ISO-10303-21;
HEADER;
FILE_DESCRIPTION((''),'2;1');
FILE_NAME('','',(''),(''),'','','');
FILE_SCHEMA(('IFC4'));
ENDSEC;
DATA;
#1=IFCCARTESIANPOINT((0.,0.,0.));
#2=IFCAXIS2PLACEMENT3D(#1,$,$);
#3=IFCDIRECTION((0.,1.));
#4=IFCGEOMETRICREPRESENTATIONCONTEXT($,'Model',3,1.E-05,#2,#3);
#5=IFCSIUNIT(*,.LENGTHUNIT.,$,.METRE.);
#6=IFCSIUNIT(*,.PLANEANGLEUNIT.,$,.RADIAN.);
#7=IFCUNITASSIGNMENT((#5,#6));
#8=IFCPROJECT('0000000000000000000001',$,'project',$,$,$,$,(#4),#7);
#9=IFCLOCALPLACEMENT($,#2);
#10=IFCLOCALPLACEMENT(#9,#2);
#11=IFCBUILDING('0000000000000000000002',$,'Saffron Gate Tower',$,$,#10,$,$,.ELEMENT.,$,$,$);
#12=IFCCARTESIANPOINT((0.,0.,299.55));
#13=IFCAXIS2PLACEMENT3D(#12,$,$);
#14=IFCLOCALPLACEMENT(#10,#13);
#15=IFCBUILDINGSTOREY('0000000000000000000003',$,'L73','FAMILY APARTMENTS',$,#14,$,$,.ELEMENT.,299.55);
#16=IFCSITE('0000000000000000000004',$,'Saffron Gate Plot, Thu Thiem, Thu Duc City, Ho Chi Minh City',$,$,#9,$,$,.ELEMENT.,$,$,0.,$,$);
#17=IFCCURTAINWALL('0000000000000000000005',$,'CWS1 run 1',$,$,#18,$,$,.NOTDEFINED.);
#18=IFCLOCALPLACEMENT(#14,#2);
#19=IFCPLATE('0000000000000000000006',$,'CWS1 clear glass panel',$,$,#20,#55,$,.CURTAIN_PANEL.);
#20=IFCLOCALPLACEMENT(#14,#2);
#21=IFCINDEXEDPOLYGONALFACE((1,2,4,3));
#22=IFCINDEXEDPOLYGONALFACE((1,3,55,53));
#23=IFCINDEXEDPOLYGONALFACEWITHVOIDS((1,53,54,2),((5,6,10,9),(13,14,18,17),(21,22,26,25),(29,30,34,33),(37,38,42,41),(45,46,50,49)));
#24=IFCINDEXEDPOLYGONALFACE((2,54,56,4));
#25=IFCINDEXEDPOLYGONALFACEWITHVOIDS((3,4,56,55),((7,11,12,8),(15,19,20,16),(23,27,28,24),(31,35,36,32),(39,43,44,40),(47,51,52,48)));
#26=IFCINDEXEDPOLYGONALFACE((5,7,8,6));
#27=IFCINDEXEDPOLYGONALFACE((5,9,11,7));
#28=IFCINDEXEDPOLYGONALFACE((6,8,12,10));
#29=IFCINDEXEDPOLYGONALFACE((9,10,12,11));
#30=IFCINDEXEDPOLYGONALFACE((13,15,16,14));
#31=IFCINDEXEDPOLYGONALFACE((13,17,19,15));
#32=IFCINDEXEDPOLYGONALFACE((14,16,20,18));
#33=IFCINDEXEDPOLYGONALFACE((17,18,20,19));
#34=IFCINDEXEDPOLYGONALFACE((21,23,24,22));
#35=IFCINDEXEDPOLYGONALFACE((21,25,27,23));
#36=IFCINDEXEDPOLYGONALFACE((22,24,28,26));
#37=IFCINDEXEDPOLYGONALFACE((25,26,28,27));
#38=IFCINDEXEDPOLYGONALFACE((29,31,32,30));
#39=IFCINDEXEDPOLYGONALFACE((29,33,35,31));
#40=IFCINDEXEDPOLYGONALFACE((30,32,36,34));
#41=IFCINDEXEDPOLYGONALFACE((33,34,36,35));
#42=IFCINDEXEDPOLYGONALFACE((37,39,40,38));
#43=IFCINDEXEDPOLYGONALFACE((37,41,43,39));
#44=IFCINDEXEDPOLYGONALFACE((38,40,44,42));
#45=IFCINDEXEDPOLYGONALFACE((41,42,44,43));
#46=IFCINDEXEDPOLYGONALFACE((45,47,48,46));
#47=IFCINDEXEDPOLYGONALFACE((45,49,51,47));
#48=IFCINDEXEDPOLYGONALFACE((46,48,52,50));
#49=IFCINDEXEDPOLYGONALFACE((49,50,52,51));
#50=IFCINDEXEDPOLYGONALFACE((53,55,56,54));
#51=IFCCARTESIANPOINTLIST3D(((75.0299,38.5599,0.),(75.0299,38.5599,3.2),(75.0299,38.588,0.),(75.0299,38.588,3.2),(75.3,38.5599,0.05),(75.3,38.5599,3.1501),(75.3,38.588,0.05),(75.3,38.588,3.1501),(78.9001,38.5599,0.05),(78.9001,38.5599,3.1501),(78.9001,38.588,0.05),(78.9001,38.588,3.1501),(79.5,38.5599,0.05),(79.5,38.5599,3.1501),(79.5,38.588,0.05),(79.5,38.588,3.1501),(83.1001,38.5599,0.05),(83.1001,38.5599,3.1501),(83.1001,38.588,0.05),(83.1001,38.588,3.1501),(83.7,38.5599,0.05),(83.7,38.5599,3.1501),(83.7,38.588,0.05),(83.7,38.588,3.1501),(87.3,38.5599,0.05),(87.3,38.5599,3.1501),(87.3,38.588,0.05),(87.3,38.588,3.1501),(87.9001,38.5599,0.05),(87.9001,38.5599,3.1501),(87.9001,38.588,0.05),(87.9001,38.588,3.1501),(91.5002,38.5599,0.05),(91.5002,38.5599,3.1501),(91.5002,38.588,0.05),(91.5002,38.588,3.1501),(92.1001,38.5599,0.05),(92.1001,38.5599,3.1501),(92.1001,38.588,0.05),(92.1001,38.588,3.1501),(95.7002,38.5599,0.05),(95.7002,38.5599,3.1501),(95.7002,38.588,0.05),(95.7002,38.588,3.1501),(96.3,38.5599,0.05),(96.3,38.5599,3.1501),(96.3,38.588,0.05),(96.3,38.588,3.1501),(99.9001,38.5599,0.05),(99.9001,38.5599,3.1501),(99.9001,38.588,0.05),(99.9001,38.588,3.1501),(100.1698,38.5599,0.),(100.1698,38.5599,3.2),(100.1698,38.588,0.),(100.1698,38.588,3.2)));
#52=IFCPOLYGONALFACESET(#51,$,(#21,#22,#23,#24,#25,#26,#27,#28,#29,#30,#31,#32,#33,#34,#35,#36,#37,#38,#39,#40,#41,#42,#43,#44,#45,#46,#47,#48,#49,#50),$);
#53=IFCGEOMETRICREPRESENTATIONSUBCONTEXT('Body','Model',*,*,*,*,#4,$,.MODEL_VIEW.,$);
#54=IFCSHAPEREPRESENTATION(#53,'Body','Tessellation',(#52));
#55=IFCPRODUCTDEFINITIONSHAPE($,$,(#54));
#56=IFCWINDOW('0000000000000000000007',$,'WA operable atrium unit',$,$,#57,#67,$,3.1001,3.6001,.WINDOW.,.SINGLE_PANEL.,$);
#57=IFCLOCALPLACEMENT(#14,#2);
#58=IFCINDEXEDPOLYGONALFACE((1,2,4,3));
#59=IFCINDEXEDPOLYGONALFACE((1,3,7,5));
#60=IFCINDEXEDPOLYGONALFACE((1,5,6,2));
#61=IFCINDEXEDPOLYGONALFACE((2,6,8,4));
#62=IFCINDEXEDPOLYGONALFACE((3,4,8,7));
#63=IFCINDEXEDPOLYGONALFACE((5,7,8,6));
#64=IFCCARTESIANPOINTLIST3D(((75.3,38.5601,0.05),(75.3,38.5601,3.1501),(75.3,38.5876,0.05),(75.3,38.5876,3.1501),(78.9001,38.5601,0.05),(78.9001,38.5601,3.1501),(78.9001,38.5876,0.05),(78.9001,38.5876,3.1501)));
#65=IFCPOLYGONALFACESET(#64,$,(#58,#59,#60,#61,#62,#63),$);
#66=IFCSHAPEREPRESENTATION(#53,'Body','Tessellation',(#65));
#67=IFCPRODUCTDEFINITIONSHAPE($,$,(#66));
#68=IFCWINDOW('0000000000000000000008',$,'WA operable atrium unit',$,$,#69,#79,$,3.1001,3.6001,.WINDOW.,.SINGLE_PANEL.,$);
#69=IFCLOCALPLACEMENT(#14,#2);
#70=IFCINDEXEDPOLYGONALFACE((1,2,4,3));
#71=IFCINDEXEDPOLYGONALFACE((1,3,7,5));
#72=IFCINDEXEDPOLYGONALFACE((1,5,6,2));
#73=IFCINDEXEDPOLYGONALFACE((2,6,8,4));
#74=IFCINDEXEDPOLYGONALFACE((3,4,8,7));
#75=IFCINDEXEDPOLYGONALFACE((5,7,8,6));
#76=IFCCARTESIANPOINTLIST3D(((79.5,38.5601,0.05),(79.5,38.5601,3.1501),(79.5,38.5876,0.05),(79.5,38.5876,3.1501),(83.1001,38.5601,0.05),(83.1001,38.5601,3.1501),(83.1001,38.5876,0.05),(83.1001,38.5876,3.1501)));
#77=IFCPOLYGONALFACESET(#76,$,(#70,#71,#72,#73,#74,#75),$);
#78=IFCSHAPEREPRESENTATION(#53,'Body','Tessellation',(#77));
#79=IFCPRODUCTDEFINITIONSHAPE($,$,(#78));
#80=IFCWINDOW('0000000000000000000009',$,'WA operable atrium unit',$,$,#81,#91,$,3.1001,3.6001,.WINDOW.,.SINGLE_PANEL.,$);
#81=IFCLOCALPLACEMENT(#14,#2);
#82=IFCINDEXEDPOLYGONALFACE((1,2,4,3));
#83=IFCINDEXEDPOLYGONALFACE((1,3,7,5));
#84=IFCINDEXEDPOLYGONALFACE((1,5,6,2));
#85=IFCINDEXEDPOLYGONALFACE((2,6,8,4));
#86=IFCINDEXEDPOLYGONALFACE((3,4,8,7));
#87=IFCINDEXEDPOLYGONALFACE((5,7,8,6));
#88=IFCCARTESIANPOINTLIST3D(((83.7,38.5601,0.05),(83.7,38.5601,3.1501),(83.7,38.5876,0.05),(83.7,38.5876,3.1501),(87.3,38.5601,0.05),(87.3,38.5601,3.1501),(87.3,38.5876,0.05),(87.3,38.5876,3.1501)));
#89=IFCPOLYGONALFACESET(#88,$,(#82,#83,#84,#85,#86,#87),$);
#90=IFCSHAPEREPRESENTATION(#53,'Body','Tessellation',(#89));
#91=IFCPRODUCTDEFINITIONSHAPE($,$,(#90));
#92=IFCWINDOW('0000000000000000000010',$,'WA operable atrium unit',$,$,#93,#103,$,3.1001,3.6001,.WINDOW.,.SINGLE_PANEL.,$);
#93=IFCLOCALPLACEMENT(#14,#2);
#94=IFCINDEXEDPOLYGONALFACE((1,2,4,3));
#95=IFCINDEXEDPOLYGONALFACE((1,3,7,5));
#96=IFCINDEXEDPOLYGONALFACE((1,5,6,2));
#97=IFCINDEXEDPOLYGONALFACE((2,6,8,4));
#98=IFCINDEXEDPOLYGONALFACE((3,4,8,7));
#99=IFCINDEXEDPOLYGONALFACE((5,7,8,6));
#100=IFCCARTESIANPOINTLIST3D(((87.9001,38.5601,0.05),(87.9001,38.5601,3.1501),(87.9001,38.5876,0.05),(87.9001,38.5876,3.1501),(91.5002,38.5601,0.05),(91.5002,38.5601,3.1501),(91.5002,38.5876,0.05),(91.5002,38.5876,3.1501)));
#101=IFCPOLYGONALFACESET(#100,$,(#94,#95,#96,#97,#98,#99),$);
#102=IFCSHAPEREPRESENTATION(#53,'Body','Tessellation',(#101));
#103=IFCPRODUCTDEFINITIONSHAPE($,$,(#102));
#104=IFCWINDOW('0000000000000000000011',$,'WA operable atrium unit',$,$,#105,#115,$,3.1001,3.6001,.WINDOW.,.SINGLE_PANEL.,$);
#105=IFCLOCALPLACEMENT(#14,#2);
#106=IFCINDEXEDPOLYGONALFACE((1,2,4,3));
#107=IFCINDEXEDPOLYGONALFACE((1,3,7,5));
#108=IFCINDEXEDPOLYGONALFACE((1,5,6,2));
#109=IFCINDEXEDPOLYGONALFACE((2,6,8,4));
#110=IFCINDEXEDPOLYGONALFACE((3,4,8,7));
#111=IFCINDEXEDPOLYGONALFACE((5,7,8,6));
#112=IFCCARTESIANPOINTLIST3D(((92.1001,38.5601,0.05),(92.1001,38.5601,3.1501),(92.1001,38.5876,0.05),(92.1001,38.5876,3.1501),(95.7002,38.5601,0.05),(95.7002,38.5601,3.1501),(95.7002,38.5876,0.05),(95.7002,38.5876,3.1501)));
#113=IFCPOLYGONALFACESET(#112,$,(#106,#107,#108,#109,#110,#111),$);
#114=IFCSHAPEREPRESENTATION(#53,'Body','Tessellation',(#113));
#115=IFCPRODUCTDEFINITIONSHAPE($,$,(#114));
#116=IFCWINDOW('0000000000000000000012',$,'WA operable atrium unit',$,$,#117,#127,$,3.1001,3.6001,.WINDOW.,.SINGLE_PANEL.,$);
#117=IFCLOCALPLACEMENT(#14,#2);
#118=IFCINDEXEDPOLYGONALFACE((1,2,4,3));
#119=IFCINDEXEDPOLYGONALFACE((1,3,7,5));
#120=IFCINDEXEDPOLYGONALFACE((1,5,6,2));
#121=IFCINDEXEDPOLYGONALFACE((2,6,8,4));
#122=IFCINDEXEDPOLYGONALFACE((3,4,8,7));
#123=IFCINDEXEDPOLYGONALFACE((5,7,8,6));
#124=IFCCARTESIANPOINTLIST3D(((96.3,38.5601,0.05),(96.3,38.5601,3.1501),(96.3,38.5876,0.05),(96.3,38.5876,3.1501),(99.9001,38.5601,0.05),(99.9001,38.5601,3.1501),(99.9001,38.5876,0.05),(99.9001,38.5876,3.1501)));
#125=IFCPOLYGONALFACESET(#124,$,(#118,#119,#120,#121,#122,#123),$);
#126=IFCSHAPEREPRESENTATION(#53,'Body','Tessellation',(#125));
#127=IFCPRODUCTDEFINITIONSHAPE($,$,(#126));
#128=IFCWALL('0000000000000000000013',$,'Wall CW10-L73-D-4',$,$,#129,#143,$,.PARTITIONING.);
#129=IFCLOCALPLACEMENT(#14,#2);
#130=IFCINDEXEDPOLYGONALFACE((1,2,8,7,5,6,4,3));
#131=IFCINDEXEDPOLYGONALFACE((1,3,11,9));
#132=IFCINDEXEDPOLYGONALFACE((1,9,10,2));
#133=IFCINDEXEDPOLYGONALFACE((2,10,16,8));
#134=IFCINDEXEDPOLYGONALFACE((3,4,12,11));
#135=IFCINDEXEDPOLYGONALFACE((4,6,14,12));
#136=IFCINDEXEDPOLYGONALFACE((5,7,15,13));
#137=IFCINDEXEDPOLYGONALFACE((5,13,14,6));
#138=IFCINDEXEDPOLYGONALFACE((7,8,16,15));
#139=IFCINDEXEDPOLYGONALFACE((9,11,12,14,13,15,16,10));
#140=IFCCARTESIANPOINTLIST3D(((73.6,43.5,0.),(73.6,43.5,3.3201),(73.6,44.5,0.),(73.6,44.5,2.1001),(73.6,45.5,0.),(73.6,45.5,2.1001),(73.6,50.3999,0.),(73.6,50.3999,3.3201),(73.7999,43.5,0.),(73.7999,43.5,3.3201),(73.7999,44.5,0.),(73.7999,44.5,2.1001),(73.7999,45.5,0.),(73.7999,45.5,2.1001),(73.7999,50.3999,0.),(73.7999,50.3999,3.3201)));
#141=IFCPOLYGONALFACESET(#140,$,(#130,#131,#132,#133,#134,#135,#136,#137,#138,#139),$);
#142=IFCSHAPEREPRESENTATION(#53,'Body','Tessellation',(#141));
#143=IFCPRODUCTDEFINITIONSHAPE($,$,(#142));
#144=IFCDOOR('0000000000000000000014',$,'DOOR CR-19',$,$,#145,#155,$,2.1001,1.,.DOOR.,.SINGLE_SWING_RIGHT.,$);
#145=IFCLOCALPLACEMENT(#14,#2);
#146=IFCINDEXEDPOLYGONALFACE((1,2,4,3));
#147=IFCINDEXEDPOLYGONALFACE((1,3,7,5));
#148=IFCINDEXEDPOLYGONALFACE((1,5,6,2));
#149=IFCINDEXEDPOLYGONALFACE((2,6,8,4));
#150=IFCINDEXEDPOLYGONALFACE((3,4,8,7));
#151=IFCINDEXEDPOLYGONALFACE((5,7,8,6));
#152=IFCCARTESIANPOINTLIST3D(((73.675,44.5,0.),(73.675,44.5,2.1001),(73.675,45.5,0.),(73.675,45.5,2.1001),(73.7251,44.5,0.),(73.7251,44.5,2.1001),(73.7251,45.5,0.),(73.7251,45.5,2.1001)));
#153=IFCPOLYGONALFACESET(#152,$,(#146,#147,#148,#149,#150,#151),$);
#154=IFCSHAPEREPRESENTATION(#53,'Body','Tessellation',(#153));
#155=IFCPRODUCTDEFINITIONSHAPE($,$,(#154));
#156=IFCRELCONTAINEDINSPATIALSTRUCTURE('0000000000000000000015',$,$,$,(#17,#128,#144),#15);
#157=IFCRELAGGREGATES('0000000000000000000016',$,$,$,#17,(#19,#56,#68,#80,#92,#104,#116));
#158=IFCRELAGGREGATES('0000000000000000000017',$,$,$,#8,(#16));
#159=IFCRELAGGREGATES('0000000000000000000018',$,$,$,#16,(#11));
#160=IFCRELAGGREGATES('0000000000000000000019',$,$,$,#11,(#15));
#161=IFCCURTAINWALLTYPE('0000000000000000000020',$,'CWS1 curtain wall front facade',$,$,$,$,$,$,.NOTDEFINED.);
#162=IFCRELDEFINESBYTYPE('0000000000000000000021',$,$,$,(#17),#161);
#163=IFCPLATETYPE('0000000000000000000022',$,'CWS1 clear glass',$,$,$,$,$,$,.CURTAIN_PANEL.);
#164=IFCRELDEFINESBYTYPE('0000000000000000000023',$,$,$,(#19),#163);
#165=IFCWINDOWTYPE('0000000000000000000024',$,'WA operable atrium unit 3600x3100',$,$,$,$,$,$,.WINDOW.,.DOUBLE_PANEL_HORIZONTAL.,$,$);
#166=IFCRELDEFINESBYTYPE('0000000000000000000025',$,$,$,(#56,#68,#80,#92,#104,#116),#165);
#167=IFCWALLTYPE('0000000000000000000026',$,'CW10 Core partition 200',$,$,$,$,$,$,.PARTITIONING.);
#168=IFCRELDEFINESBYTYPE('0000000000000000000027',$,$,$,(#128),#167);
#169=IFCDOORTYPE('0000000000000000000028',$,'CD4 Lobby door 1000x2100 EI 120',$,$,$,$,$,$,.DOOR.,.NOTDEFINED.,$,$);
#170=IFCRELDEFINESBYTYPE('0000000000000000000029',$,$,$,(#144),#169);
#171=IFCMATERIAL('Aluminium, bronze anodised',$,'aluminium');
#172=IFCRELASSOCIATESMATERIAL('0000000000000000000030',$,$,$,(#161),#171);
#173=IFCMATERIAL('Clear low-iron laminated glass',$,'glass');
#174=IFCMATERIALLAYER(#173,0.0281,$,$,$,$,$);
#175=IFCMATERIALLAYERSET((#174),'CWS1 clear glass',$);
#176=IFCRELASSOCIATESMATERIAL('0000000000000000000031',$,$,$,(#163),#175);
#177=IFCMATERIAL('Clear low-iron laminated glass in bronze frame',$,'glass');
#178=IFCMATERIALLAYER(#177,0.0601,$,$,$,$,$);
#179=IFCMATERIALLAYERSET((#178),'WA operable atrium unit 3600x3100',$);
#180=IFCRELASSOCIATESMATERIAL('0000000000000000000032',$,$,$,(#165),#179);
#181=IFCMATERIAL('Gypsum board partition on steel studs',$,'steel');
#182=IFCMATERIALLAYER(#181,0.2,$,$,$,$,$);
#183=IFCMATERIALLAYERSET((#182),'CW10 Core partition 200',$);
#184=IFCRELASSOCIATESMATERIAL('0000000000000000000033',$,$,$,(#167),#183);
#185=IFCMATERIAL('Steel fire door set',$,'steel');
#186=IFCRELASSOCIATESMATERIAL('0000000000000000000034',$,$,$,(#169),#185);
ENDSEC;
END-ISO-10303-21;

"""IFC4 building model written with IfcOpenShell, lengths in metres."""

from ifc_helpers import new_model, si_unit, direction, frame, frame_2d, origin, place, context, subcontext, project, spatial, rectangle, extrude, material, layer, layer_set, type_object, element, fill, aggregate, save


model = new_model("IFC4")

# Units and contexts
model_context = context("Model", 3, precision=1e-05, world=origin(), true_north=direction((0.0, 1.0)))
body_context = subcontext(model_context, "Body", "Model", "MODEL_VIEW")
ifc_project = project(units=[si_unit("LENGTHUNIT", "METRE"), si_unit("PLANEANGLEUNIT", "RADIAN")], contexts=[model_context])

# Site, building, storey
site_placement = place(None, origin())
site = spatial("IfcSite", under=ifc_project, at=site_placement, Name="Saffron Gate Plot, Thu Thiem, Thu Duc City, Ho Chi Minh City", CompositionType="ELEMENT", RefElevation=0.0)
building_placement = place(site_placement, origin())
building = spatial("IfcBuilding", under=site, at=building_placement, Name="Saffron Gate Tower", CompositionType="ELEMENT")
storey_placement = place(building_placement, frame((0.0, 0.0, 299.55)))
storey = spatial("IfcBuildingStorey", under=building, at=storey_placement, Name="L73", Description="FAMILY APARTMENTS", CompositionType="ELEMENT", Elevation=299.55)

# Curtain wall, plate, openings, windows
ifc_material_1 = material(Name="Aluminium, bronze anodised", Category="aluminium")
curtain_wall_type = type_object("IfcCurtainWallType", Name="CWS1 curtain wall front facade", PredefinedType="NOTDEFINED", material=ifc_material_1)
curtain_wall_placement = place(storey_placement, origin())
curtain_wall = element("IfcCurtainWall", 1, at=curtain_wall_placement, inside=storey, type_object=curtain_wall_type, Name="CWS1 run 1", PredefinedType="NOTDEFINED")
ifc_material_2 = material(Name="Clear low-iron laminated glass", Category="glass")
ifc_layer_1 = layer(ifc_material_2, 0.0281)
ifc_layer_set_1 = layer_set([ifc_layer_1], Name="CWS1 clear glass")
plate_type = type_object("IfcPlateType", Name="CWS1 clear glass", PredefinedType="CURTAIN_PANEL", material=ifc_layer_set_1)
plate_placement = place(storey_placement, frame((75.03, 38.574, 0.0), z_axis=(0.0, 0.0, 1.0), x_axis=(1.0, 0.0, 0.0)))
plate = element("IfcPlate", 2, at=plate_placement, type_object=plate_type, Name="CWS1 clear glass panel", PredefinedType="CURTAIN_PANEL", context=body_context, shape_type="SweptSolid", body=[
    extrude(rectangle(XDim=25.1399, YDim=0.0281, at=frame_2d((12.5698, 0.0))), origin(), (0.0, 0.0, 1.0), 3.2),
])
opening_1_placement = place(plate_placement, frame((0.27, 0.0, 0.05)))
opening_1 = element("IfcOpeningElement", 3, at=opening_1_placement, cuts=plate, PredefinedType="OPENING", context=body_context, shape_type="SweptSolid", body=[
    extrude(rectangle(XDim=3.6001, YDim=3.1001, at=frame_2d((1.8, 1.55))), frame((0.0, 0.0239, 0.0), z_axis=(0.0, -1.0, 0.0), x_axis=(1.0, 0.0, 0.0)), (0.0, 0.0, 1.0), 0.0481),
])
opening_2_placement = place(plate_placement, frame((4.47, 0.0, 0.05)))
opening_2 = element("IfcOpeningElement", 4, at=opening_2_placement, cuts=plate, PredefinedType="OPENING", context=body_context, shape_type="SweptSolid", body=[
    extrude(rectangle(XDim=3.6001, YDim=3.1001, at=frame_2d((1.8, 1.55))), frame((0.0, 0.0239, 0.0), z_axis=(0.0, -1.0, 0.0), x_axis=(1.0, 0.0, 0.0)), (0.0, 0.0, 1.0), 0.0481),
])
opening_3_placement = place(plate_placement, frame((8.6699, 0.0, 0.05)))
opening_3 = element("IfcOpeningElement", 5, at=opening_3_placement, cuts=plate, PredefinedType="OPENING", context=body_context, shape_type="SweptSolid", body=[
    extrude(rectangle(XDim=3.6001, YDim=3.1001, at=frame_2d((1.8, 1.55))), frame((0.0, 0.0239, 0.0), z_axis=(0.0, -1.0, 0.0), x_axis=(1.0, 0.0, 0.0)), (0.0, 0.0, 1.0), 0.0481),
])
opening_4_placement = place(plate_placement, frame((12.8701, 0.0, 0.05)))
opening_4 = element("IfcOpeningElement", 6, at=opening_4_placement, cuts=plate, PredefinedType="OPENING", context=body_context, shape_type="SweptSolid", body=[
    extrude(rectangle(XDim=3.6001, YDim=3.1001, at=frame_2d((1.8, 1.55))), frame((0.0, 0.0239, 0.0), z_axis=(0.0, -1.0, 0.0), x_axis=(1.0, 0.0, 0.0)), (0.0, 0.0, 1.0), 0.0481),
])
opening_5_placement = place(plate_placement, frame((17.0701, 0.0, 0.05)))
opening_5 = element("IfcOpeningElement", 7, at=opening_5_placement, cuts=plate, PredefinedType="OPENING", context=body_context, shape_type="SweptSolid", body=[
    extrude(rectangle(XDim=3.6001, YDim=3.1001, at=frame_2d((1.8, 1.55))), frame((0.0, 0.0239, 0.0), z_axis=(0.0, -1.0, 0.0), x_axis=(1.0, 0.0, 0.0)), (0.0, 0.0, 1.0), 0.0481),
])
opening_6_placement = place(plate_placement, frame((21.27, 0.0, 0.05)))
opening_6 = element("IfcOpeningElement", 8, at=opening_6_placement, cuts=plate, PredefinedType="OPENING", context=body_context, shape_type="SweptSolid", body=[
    extrude(rectangle(XDim=3.6001, YDim=3.1001, at=frame_2d((1.8, 1.55))), frame((0.0, 0.0239, 0.0), z_axis=(0.0, -1.0, 0.0), x_axis=(1.0, 0.0, 0.0)), (0.0, 0.0, 1.0), 0.0481),
])
ifc_material_3 = material(Name="Clear low-iron laminated glass in bronze frame", Category="glass")
ifc_layer_2 = layer(ifc_material_3, 0.0601)
ifc_layer_set_2 = layer_set([ifc_layer_2], Name="WA operable atrium unit 3600x3100")
window_type = type_object("IfcWindowType", Name="WA operable atrium unit 3600x3100", PartitioningType="DOUBLE_PANEL_HORIZONTAL", PredefinedType="WINDOW", material=ifc_layer_set_2)
window_1_placement = place(opening_1_placement, origin())
window_1 = element("IfcWindow", 9, at=window_1_placement, type_object=window_type, Name="WA operable atrium unit", OverallHeight=3.1001, OverallWidth=3.6001, PartitioningType="SINGLE_PANEL", PredefinedType="WINDOW", context=body_context, shape_type="SweptSolid", body=[
    extrude(rectangle(XDim=3.6001, YDim=3.1001, at=frame_2d((1.8, 1.55))), frame((0.0, 0.0137, 0.0), z_axis=(0.0, -1.0, 0.0), x_axis=(1.0, 0.0, 0.0)), (0.0, 0.0, 1.0), 0.0276),
])
fill(opening_1, window_1)
window_2_placement = place(opening_2_placement, origin())
window_2 = element("IfcWindow", 10, at=window_2_placement, type_object=window_type, Name="WA operable atrium unit", OverallHeight=3.1001, OverallWidth=3.6001, PartitioningType="SINGLE_PANEL", PredefinedType="WINDOW", context=body_context, shape_type="SweptSolid", body=[
    extrude(rectangle(XDim=3.6001, YDim=3.1001, at=frame_2d((1.8, 1.55))), frame((0.0, 0.0137, 0.0), z_axis=(0.0, -1.0, 0.0), x_axis=(1.0, 0.0, 0.0)), (0.0, 0.0, 1.0), 0.0276),
])
fill(opening_2, window_2)
window_3_placement = place(opening_3_placement, origin())
window_3 = element("IfcWindow", 11, at=window_3_placement, type_object=window_type, Name="WA operable atrium unit", OverallHeight=3.1001, OverallWidth=3.6001, PartitioningType="SINGLE_PANEL", PredefinedType="WINDOW", context=body_context, shape_type="SweptSolid", body=[
    extrude(rectangle(XDim=3.6001, YDim=3.1001, at=frame_2d((1.8, 1.55))), frame((0.0, 0.0137, 0.0), z_axis=(0.0, -1.0, 0.0), x_axis=(1.0, 0.0, 0.0)), (0.0, 0.0, 1.0), 0.0276),
])
fill(opening_3, window_3)
window_4_placement = place(opening_4_placement, origin())
window_4 = element("IfcWindow", 12, at=window_4_placement, type_object=window_type, Name="WA operable atrium unit", OverallHeight=3.1001, OverallWidth=3.6001, PartitioningType="SINGLE_PANEL", PredefinedType="WINDOW", context=body_context, shape_type="SweptSolid", body=[
    extrude(rectangle(XDim=3.6001, YDim=3.1001, at=frame_2d((1.8, 1.55))), frame((0.0, 0.0137, 0.0), z_axis=(0.0, -1.0, 0.0), x_axis=(1.0, 0.0, 0.0)), (0.0, 0.0, 1.0), 0.0276),
])
fill(opening_4, window_4)
window_5_placement = place(opening_5_placement, origin())
window_5 = element("IfcWindow", 13, at=window_5_placement, type_object=window_type, Name="WA operable atrium unit", OverallHeight=3.1001, OverallWidth=3.6001, PartitioningType="SINGLE_PANEL", PredefinedType="WINDOW", context=body_context, shape_type="SweptSolid", body=[
    extrude(rectangle(XDim=3.6001, YDim=3.1001, at=frame_2d((1.8, 1.55))), frame((0.0, 0.0137, 0.0), z_axis=(0.0, -1.0, 0.0), x_axis=(1.0, 0.0, 0.0)), (0.0, 0.0, 1.0), 0.0276),
])
fill(opening_5, window_5)
window_6_placement = place(opening_6_placement, origin())
window_6 = element("IfcWindow", 14, at=window_6_placement, type_object=window_type, Name="WA operable atrium unit", OverallHeight=3.1001, OverallWidth=3.6001, PartitioningType="SINGLE_PANEL", PredefinedType="WINDOW", context=body_context, shape_type="SweptSolid", body=[
    extrude(rectangle(XDim=3.6001, YDim=3.1001, at=frame_2d((1.8, 1.55))), frame((0.0, 0.0137, 0.0), z_axis=(0.0, -1.0, 0.0), x_axis=(1.0, 0.0, 0.0)), (0.0, 0.0, 1.0), 0.0276),
])
fill(opening_6, window_6)
aggregate(curtain_wall, [plate, window_1, window_2, window_3, window_4, window_5, window_6])

# Wall, opening, door
ifc_material_4 = material(Name="Gypsum board partition on steel studs", Category="steel")
ifc_layer_3 = layer(ifc_material_4, 0.2)
ifc_layer_set_3 = layer_set([ifc_layer_3], Name="CW10 Core partition 200")
wall_type_1 = type_object("IfcWallType", Name="CW10 Core partition 200", PredefinedType="PARTITIONING", material=ifc_layer_set_3)
wall_1_placement = place(storey_placement, frame((73.7, 43.5, 0.0), z_axis=(0.0, 0.0, 1.0), x_axis=(0.0, 1.0, 0.0)))
wall_1 = element("IfcWall", 15, at=wall_1_placement, inside=storey, type_object=wall_type_1, Name="Wall CW10-L73-D-4", PredefinedType="PARTITIONING", context=body_context, shape_type="SweptSolid", body=[
    extrude(rectangle(XDim=6.8999, YDim=0.2, at=frame_2d((3.45, 0.0))), origin(), (0.0, 0.0, 1.0), 3.3201),
])
opening_7_placement = place(wall_1_placement, frame((1.0, 0.0, 0.0)))
opening_7 = element("IfcOpeningElement", 16, at=opening_7_placement, cuts=wall_1, PredefinedType="OPENING", context=body_context, shape_type="SweptSolid", body=[
    extrude(rectangle(XDim=1.0, YDim=2.1001, at=frame_2d((0.5, 1.05))), frame((0.0, 0.1099, 0.0), z_axis=(0.0, -1.0, 0.0), x_axis=(1.0, 0.0, 0.0)), (0.0, 0.0, 1.0), 0.22),
])
ifc_material_5 = material(Name="Steel fire door set", Category="steel")
door_type_1 = type_object("IfcDoorType", Name="CD4 Lobby door 1000x2100 EI 120", OperationType="NOTDEFINED", PredefinedType="DOOR", material=ifc_material_5)
door_1_placement = place(opening_7_placement, origin())
door_1 = element("IfcDoor", 17, at=door_1_placement, inside=storey, type_object=door_type_1, Name="DOOR CR-19", OperationType="SINGLE_SWING_RIGHT", OverallHeight=2.1001, OverallWidth=1.0, PredefinedType="DOOR", context=body_context, shape_type="SweptSolid", body=[
    extrude(rectangle(XDim=1.0, YDim=2.1001, at=frame_2d((0.5, 1.05))), frame((0.0, 0.0249, 0.0), z_axis=(0.0, -1.0, 0.0), x_axis=(1.0, 0.0, 0.0)), (0.0, 0.0, 1.0), 0.05),
])
fill(opening_7, door_1)

save(model, "model.ifc")
